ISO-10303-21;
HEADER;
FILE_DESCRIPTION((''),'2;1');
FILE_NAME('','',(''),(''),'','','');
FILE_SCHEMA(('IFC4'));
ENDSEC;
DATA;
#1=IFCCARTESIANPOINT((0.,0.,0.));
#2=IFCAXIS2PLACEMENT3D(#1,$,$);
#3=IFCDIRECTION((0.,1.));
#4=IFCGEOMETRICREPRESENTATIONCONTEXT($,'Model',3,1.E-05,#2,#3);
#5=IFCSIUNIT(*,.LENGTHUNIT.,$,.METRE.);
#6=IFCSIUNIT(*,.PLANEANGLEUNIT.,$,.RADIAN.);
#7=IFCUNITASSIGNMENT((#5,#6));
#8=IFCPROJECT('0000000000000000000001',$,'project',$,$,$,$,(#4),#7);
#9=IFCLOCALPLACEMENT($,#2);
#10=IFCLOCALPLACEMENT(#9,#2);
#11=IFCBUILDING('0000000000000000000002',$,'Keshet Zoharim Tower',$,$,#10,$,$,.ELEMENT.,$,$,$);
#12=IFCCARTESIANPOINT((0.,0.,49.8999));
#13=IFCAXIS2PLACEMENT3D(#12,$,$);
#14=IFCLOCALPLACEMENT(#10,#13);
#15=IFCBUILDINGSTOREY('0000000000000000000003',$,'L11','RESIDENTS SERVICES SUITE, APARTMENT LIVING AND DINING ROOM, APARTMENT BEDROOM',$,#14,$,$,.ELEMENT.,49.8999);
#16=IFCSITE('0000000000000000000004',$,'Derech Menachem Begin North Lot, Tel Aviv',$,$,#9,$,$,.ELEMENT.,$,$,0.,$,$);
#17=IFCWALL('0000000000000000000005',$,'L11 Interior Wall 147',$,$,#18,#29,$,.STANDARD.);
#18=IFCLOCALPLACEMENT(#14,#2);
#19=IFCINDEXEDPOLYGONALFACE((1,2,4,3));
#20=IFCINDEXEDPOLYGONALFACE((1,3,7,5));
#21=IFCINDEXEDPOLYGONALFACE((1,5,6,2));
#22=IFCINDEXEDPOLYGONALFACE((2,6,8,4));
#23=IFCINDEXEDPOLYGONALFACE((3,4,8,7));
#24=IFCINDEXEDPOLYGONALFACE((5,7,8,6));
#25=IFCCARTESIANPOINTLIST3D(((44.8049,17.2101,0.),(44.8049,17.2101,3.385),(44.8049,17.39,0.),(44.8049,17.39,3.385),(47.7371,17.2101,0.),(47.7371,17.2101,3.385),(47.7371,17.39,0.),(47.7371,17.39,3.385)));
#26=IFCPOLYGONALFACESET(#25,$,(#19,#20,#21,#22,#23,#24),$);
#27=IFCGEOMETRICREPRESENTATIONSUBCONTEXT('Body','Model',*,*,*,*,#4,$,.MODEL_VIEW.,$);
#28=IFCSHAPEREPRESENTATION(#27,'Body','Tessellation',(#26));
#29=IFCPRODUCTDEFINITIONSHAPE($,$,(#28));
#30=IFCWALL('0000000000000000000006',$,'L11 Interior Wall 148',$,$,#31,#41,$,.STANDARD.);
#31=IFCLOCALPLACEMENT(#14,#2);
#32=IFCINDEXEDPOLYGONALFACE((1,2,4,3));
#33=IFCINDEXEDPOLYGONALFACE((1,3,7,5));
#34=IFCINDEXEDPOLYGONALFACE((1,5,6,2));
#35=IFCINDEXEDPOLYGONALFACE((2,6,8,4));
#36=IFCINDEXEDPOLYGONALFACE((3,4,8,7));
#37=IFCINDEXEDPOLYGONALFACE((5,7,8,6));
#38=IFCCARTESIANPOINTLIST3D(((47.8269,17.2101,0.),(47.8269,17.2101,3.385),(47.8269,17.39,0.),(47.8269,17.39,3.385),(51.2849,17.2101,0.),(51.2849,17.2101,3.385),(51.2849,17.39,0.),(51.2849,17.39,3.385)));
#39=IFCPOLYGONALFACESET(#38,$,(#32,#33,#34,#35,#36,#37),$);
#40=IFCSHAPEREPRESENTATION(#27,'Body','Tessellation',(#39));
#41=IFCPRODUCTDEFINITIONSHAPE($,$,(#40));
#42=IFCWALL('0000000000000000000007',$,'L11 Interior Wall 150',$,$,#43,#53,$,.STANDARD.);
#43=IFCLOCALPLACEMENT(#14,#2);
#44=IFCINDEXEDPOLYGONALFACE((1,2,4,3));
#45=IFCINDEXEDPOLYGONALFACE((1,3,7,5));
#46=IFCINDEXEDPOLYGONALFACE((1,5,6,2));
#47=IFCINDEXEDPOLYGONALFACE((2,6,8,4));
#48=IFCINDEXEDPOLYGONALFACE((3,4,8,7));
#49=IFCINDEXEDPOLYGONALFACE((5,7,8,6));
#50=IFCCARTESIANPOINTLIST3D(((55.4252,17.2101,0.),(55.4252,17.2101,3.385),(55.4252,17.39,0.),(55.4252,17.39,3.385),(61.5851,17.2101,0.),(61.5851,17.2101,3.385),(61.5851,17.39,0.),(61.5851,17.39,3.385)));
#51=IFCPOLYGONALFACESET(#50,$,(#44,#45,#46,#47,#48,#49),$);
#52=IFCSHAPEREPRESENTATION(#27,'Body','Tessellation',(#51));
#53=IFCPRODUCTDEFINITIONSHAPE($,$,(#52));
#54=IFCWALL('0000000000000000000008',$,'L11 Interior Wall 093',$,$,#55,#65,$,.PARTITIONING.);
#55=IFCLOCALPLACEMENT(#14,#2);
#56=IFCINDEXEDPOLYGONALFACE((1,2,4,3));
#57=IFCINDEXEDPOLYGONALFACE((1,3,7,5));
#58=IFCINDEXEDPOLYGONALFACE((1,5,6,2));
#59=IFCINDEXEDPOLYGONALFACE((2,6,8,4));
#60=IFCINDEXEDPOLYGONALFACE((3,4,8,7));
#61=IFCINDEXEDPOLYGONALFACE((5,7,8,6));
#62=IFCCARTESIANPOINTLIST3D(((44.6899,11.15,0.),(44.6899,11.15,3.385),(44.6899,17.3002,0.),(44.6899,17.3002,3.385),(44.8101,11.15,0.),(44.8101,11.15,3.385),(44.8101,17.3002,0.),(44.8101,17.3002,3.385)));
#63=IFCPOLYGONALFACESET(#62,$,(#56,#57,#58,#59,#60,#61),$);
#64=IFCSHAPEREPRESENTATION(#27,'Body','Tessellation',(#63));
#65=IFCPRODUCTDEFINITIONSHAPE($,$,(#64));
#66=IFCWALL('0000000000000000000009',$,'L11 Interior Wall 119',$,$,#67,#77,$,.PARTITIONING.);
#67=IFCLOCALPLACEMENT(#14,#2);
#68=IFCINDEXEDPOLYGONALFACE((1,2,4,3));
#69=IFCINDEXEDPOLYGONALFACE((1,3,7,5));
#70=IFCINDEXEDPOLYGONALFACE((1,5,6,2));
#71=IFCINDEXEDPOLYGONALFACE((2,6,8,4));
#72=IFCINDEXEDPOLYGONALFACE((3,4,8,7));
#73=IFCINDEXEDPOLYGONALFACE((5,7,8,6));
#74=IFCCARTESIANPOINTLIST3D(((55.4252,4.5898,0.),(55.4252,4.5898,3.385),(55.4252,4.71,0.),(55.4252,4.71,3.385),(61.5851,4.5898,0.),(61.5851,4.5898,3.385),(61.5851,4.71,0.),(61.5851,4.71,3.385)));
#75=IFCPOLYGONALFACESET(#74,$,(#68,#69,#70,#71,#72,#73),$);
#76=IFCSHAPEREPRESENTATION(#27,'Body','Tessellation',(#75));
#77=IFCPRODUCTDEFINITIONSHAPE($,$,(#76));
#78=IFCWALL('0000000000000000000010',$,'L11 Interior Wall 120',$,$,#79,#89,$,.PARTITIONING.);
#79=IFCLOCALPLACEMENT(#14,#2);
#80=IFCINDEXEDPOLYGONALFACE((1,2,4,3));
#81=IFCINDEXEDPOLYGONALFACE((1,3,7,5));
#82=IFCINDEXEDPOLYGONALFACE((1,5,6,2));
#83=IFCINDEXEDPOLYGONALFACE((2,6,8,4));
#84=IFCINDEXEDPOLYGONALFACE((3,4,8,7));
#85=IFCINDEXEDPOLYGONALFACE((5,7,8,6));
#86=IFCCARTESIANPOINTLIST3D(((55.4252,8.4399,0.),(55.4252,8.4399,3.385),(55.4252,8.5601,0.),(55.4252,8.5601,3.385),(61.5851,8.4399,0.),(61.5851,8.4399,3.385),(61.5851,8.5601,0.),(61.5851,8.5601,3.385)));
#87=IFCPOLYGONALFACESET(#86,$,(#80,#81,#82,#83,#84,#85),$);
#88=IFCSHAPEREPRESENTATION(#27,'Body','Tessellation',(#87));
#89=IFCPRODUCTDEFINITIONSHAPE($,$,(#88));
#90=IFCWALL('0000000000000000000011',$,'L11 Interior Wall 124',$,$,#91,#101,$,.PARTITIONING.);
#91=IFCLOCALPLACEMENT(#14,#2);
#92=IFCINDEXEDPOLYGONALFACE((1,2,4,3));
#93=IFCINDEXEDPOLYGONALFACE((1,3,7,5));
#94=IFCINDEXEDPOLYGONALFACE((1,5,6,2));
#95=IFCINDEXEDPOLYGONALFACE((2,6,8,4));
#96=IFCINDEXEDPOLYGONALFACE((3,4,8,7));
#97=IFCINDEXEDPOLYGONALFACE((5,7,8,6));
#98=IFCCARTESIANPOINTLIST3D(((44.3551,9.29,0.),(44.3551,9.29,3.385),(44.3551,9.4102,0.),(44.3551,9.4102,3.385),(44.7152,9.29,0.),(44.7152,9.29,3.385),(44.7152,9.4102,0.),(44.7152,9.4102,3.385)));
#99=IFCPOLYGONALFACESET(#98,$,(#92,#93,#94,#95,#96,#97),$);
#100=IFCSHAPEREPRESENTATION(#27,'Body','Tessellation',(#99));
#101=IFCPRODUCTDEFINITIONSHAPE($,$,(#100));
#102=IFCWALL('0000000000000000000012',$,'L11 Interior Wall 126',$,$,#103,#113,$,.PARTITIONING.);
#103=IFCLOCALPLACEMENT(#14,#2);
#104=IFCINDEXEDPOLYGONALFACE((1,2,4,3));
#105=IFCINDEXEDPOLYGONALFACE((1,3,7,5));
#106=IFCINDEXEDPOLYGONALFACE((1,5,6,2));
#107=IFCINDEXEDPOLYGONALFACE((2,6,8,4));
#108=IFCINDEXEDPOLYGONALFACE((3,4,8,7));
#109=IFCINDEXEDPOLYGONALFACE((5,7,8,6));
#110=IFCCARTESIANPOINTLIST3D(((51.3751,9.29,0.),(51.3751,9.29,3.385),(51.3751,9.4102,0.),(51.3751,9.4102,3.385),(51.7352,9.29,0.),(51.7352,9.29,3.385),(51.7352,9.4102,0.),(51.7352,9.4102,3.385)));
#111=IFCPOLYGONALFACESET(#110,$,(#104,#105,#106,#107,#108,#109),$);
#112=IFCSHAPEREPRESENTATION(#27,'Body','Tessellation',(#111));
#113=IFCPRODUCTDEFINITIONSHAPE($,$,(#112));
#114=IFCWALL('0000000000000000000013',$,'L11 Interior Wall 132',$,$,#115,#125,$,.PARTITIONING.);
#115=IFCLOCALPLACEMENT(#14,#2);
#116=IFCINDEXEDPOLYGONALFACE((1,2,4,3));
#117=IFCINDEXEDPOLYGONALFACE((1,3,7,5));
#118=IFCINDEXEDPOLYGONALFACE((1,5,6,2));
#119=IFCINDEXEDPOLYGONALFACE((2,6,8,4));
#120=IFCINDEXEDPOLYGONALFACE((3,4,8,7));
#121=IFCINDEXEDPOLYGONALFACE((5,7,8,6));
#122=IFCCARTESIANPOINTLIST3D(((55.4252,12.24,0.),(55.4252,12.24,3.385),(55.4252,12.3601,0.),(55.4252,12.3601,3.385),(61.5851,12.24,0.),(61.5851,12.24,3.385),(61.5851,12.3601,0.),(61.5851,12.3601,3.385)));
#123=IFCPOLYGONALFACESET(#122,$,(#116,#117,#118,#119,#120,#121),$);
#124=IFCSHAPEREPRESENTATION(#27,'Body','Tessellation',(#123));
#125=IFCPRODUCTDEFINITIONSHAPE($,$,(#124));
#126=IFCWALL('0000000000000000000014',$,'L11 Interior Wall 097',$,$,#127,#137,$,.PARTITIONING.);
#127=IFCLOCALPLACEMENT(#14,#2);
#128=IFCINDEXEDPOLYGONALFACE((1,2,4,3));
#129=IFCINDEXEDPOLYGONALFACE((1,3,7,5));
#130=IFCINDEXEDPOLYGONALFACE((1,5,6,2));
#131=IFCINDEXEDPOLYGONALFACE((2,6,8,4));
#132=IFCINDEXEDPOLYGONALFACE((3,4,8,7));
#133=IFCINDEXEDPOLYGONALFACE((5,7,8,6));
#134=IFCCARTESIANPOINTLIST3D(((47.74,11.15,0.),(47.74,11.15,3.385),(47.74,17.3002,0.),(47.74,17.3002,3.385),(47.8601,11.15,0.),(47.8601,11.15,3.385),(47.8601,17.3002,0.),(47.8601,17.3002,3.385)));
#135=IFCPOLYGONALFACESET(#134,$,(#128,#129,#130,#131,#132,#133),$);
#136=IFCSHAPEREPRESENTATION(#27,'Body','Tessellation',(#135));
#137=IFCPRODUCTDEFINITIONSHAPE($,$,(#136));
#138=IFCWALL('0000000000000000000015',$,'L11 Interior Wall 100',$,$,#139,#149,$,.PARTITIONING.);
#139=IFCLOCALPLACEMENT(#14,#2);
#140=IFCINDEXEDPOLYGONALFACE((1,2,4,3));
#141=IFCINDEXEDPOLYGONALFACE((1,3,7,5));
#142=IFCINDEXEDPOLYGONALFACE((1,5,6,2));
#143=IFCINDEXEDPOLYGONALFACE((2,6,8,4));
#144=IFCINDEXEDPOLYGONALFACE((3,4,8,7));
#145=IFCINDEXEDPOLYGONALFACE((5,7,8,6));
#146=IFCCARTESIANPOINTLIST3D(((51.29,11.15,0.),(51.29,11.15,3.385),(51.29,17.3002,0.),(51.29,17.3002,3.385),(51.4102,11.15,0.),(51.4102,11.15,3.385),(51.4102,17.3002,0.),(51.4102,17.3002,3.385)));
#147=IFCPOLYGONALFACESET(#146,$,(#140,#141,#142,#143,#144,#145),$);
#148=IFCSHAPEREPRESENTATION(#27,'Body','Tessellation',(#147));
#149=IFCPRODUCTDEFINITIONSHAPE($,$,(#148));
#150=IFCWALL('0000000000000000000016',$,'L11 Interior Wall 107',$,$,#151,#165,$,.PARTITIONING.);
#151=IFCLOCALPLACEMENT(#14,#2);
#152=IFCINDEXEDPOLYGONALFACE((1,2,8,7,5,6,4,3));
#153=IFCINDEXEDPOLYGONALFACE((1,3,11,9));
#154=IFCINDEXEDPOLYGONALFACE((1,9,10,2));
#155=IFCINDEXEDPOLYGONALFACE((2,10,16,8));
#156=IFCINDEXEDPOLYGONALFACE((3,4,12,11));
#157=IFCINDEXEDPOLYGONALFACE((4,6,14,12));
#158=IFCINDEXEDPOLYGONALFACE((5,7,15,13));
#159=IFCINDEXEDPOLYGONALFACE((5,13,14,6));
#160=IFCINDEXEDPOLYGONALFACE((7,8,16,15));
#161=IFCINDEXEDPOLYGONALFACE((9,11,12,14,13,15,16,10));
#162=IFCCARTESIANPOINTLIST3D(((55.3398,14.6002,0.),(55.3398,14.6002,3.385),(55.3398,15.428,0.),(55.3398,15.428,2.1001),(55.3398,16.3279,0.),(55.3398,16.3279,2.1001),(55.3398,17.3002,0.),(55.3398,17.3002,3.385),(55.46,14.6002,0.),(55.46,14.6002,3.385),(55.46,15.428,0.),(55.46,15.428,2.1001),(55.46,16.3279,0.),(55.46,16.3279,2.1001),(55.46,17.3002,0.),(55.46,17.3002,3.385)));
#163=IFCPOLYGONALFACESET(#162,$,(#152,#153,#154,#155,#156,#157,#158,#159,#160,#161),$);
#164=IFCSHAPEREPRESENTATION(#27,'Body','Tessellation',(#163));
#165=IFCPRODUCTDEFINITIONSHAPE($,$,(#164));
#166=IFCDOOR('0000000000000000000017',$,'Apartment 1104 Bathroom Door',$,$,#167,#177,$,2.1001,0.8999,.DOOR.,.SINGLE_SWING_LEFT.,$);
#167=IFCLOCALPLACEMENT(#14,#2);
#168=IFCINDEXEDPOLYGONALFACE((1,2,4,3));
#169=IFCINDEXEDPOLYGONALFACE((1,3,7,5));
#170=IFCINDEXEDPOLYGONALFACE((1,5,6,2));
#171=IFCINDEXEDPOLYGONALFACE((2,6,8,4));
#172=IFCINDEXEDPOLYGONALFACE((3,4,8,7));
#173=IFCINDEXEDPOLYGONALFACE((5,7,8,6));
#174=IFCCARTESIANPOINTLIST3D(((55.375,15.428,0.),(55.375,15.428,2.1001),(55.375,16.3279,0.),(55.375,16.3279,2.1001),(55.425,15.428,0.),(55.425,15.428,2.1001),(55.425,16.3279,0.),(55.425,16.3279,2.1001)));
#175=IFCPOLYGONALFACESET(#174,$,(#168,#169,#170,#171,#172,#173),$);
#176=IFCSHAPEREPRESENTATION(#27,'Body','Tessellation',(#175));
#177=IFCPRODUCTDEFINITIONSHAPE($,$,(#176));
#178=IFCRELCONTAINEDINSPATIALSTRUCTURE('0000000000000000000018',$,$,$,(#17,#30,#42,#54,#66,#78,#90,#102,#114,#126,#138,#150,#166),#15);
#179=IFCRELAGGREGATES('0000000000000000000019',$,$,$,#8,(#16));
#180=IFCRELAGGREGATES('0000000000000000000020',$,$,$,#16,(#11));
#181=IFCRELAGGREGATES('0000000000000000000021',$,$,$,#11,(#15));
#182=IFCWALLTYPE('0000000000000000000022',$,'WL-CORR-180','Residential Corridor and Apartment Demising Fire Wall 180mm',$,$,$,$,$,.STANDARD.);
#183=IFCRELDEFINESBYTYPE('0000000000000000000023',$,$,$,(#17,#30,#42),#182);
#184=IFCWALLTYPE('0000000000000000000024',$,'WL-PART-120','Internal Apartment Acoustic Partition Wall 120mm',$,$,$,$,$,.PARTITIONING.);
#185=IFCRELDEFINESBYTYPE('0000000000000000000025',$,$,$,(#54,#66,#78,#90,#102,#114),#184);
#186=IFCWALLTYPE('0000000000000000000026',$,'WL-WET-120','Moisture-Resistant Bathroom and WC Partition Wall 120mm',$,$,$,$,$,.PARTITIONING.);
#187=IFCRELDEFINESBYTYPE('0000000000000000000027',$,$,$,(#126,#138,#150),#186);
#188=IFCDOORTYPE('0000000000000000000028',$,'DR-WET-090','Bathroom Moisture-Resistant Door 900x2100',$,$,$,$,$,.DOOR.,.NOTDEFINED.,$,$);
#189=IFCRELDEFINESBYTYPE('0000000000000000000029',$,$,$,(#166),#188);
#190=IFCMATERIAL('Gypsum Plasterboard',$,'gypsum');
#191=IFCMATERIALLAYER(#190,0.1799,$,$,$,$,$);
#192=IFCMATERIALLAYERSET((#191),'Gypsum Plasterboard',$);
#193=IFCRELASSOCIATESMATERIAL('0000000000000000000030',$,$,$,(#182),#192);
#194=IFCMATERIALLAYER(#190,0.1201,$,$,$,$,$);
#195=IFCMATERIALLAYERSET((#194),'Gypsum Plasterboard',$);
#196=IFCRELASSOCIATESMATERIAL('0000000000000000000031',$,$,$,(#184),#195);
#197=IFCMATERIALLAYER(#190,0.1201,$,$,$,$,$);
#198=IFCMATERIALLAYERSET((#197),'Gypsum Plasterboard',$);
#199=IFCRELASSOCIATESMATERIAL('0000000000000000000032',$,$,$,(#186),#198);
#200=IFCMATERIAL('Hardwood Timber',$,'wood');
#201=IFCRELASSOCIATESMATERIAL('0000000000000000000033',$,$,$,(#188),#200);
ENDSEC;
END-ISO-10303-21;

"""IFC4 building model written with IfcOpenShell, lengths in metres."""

from ifc_helpers import new_model, si_unit, direction, frame, frame_2d, origin, place, context, subcontext, project, spatial, rectangle, extrude, material, layer, layer_set, type_object, element, fill, save


model = new_model("IFC4")

# Units and contexts
model_context = context("Model", 3, precision=1e-05, world=origin(), true_north=direction((0.0, 1.0)))
body_context = subcontext(model_context, "Body", "Model", "MODEL_VIEW")
ifc_project = project(units=[si_unit("LENGTHUNIT", "METRE"), si_unit("PLANEANGLEUNIT", "RADIAN")], contexts=[model_context])

# Site, building, storey
site_placement = place(None, origin())
site = spatial("IfcSite", under=ifc_project, at=site_placement, Name="Derech Menachem Begin North Lot, Tel Aviv", CompositionType="ELEMENT", RefElevation=0.0)
building_placement = place(site_placement, origin())
building = spatial("IfcBuilding", under=site, at=building_placement, Name="Keshet Zoharim Tower", CompositionType="ELEMENT")
storey_placement = place(building_placement, frame((0.0, 0.0, 49.8999)))
storey = spatial("IfcBuildingStorey", under=building, at=storey_placement, Name="L11", Description="RESIDENTS SERVICES SUITE, APARTMENT LIVING AND DINING ROOM, APARTMENT BEDROOM", CompositionType="ELEMENT", Elevation=49.8999)

# Walls
ifc_material_1 = material(Name="Gypsum Plasterboard", Category="gypsum")
ifc_layer_1 = layer(ifc_material_1, 0.1799)
ifc_layer_set_1 = layer_set([ifc_layer_1], Name="Gypsum Plasterboard")
wall_type_1 = type_object("IfcWallType", Name="WL-CORR-180", Description="Residential Corridor and Apartment Demising Fire Wall 180mm", PredefinedType="STANDARD", material=ifc_layer_set_1)
wall_1_placement = place(storey_placement, frame((44.8049, 17.3, 0.0), z_axis=(0.0, 0.0, 1.0), x_axis=(1.0, 0.0, 0.0)))
element("IfcWall", 1, at=wall_1_placement, inside=storey, type_object=wall_type_1, Name="L11 Interior Wall 147", PredefinedType="STANDARD", context=body_context, shape_type="SweptSolid", body=[
    extrude(rectangle(XDim=2.9321, YDim=0.1799, at=frame_2d((1.4661, 0.0))), origin(), (0.0, 0.0, 1.0), 3.385),
])
wall_2_placement = place(storey_placement, frame((47.8269, 17.3, 0.0), z_axis=(0.0, 0.0, 1.0), x_axis=(1.0, 0.0, 0.0)))
element("IfcWall", 2, at=wall_2_placement, inside=storey, type_object=wall_type_1, Name="L11 Interior Wall 148", PredefinedType="STANDARD", context=body_context, shape_type="SweptSolid", body=[
    extrude(rectangle(XDim=3.458, YDim=0.1799, at=frame_2d((1.729, 0.0))), origin(), (0.0, 0.0, 1.0), 3.385),
])

# Shared definitions
ifc_material_2 = material(Name="Hardwood Timber", Category="wood")

# Walls
wall_3_placement = place(storey_placement, frame((55.425, 17.3, 0.0), z_axis=(0.0, 0.0, 1.0), x_axis=(1.0, 0.0, 0.0)))
element("IfcWall", 3, at=wall_3_placement, inside=storey, type_object=wall_type_1, Name="L11 Interior Wall 150", PredefinedType="STANDARD", context=body_context, shape_type="SweptSolid", body=[
    extrude(rectangle(XDim=6.1599, YDim=0.1799, at=frame_2d((3.0801, 0.0))), origin(), (0.0, 0.0, 1.0), 3.385),
])
ifc_layer_2 = layer(ifc_material_1, 0.1201)
ifc_layer_set_2 = layer_set([ifc_layer_2], Name="Gypsum Plasterboard")
wall_type_2 = type_object("IfcWallType", Name="WL-PART-120", Description="Internal Apartment Acoustic Partition Wall 120mm", PredefinedType="PARTITIONING", material=ifc_layer_set_2)
wall_4_placement = place(storey_placement, frame((44.75, 11.1499, 0.0), z_axis=(0.0, 0.0, 1.0), x_axis=(0.0, 1.0, 0.0)))
element("IfcWall", 4, at=wall_4_placement, inside=storey, type_object=wall_type_2, Name="L11 Interior Wall 093", PredefinedType="PARTITIONING", context=body_context, shape_type="SweptSolid", body=[
    extrude(rectangle(XDim=6.1501, YDim=0.1201, at=frame_2d((3.0752, 0.0))), origin(), (0.0, 0.0, 1.0), 3.385),
])

# Walls
for number, where, z_axis, x_axis, name in (
    (5, (55.425, 4.6499, 0.0), (0.0, 0.0, 1.0), (1.0, 0.0, 0.0), "L11 Interior Wall 119"),
    (6, (55.425, 8.5, 0.0), (0.0, 0.0, 1.0), (1.0, 0.0, 0.0), "L11 Interior Wall 120"),
):
    element("IfcWall", number, at=place(storey_placement, frame(where, z_axis=z_axis, x_axis=x_axis)), inside=storey, type_object=wall_type_2, Name=name, PredefinedType="PARTITIONING", context=body_context, shape_type="SweptSolid", body=[
        extrude(rectangle(XDim=6.1599, YDim=0.1201, at=frame_2d((3.0801, 0.0))), origin(), (0.0, 0.0, 1.0), 3.385),
    ])
wall_5_placement = place(storey_placement, frame((44.355, 9.3501, 0.0), z_axis=(0.0, 0.0, 1.0), x_axis=(1.0, 0.0, 0.0)))
element("IfcWall", 7, at=wall_5_placement, inside=storey, type_object=wall_type_2, Name="L11 Interior Wall 124", PredefinedType="PARTITIONING", context=body_context, shape_type="SweptSolid", body=[
    extrude(rectangle(XDim=0.3601, YDim=0.1201, at=frame_2d((0.1802, 0.0))), origin(), (0.0, 0.0, 1.0), 3.385),
])

# Wall
wall_6_placement = place(storey_placement, frame((51.375, 9.3501, 0.0), z_axis=(0.0, 0.0, 1.0), x_axis=(1.0, 0.0, 0.0)))
element("IfcWall", 8, at=wall_6_placement, inside=storey, type_object=wall_type_2, Name="L11 Interior Wall 126", PredefinedType="PARTITIONING", context=body_context, shape_type="SweptSolid", body=[
    extrude(rectangle(XDim=0.3601, YDim=0.1201, at=frame_2d((0.1802, 0.0))), origin(), (0.0, 0.0, 1.0), 3.385),
])

# Walls
wall_7_placement = place(storey_placement, frame((55.425, 12.3, 0.0), z_axis=(0.0, 0.0, 1.0), x_axis=(1.0, 0.0, 0.0)))
element("IfcWall", 9, at=wall_7_placement, inside=storey, type_object=wall_type_2, Name="L11 Interior Wall 132", PredefinedType="PARTITIONING", context=body_context, shape_type="SweptSolid", body=[
    extrude(rectangle(XDim=6.1599, YDim=0.1201, at=frame_2d((3.0801, 0.0))), origin(), (0.0, 0.0, 1.0), 3.385),
])
ifc_layer_3 = layer(ifc_material_1, 0.1201)
ifc_layer_set_3 = layer_set([ifc_layer_3], Name="Gypsum Plasterboard")
wall_type_3 = type_object("IfcWallType", Name="WL-WET-120", Description="Moisture-Resistant Bathroom and WC Partition Wall 120mm", PredefinedType="PARTITIONING", material=ifc_layer_set_3)
for number, where, z_axis, x_axis, name in (
    (10, (47.8, 11.1499, 0.0), (0.0, 0.0, 1.0), (0.0, 1.0, 0.0), "L11 Interior Wall 097"),
    (11, (51.3501, 11.1499, 0.0), (0.0, 0.0, 1.0), (0.0, 1.0, 0.0), "L11 Interior Wall 100"),
):
    element("IfcWall", number, at=place(storey_placement, frame(where, z_axis=z_axis, x_axis=x_axis)), inside=storey, type_object=wall_type_3, Name=name, PredefinedType="PARTITIONING", context=body_context, shape_type="SweptSolid", body=[
        extrude(rectangle(XDim=6.1501, YDim=0.1201, at=frame_2d((3.0752, 0.0))), origin(), (0.0, 0.0, 1.0), 3.385),
    ])

# Wall, opening, door
wall_8_placement = place(storey_placement, frame((55.3999, 14.6001, 0.0), z_axis=(0.0, 0.0, 1.0), x_axis=(0.0, 1.0, 0.0)))
wall_8 = element("IfcWall", 12, at=wall_8_placement, inside=storey, type_object=wall_type_3, Name="L11 Interior Wall 107", PredefinedType="PARTITIONING", context=body_context, shape_type="SweptSolid", body=[
    extrude(rectangle(XDim=2.7, YDim=0.1201, at=frame_2d((1.3501, 0.0))), origin(), (0.0, 0.0, 1.0), 3.385),
])
opening_1_placement = place(wall_8_placement, frame((0.8279, 0.0, 0.0)))
opening_1 = element("IfcOpeningElement", 13, at=opening_1_placement, cuts=wall_8, PredefinedType="OPENING", context=body_context, shape_type="SweptSolid", body=[
    extrude(rectangle(XDim=0.8999, YDim=2.1001, at=frame_2d((0.45, 1.05))), frame((0.0, 0.0701, 0.0), z_axis=(0.0, -1.0, 0.0), x_axis=(1.0, 0.0, 0.0)), (0.0, 0.0, 1.0), 0.1401),
])
door_type_1 = type_object("IfcDoorType", Name="DR-WET-090", Description="Bathroom Moisture-Resistant Door 900x2100", OperationType="NOTDEFINED", PredefinedType="DOOR", material=ifc_material_2)
door_1_placement = place(opening_1_placement, origin())
door_1 = element("IfcDoor", 14, at=door_1_placement, inside=storey, type_object=door_type_1, Name="Apartment 1104 Bathroom Door", OperationType="SINGLE_SWING_LEFT", OverallHeight=2.1001, OverallWidth=0.8999, PredefinedType="DOOR", context=body_context, shape_type="SweptSolid", body=[
    extrude(rectangle(XDim=0.8999, YDim=2.1001, at=frame_2d((0.45, 1.05))), frame((0.0, 0.0249, 0.0), z_axis=(0.0, -1.0, 0.0), x_axis=(1.0, 0.0, 0.0)), (0.0, 0.0, 1.0), 0.05),
])
fill(opening_1, door_1)

save(model, "model.ifc")
